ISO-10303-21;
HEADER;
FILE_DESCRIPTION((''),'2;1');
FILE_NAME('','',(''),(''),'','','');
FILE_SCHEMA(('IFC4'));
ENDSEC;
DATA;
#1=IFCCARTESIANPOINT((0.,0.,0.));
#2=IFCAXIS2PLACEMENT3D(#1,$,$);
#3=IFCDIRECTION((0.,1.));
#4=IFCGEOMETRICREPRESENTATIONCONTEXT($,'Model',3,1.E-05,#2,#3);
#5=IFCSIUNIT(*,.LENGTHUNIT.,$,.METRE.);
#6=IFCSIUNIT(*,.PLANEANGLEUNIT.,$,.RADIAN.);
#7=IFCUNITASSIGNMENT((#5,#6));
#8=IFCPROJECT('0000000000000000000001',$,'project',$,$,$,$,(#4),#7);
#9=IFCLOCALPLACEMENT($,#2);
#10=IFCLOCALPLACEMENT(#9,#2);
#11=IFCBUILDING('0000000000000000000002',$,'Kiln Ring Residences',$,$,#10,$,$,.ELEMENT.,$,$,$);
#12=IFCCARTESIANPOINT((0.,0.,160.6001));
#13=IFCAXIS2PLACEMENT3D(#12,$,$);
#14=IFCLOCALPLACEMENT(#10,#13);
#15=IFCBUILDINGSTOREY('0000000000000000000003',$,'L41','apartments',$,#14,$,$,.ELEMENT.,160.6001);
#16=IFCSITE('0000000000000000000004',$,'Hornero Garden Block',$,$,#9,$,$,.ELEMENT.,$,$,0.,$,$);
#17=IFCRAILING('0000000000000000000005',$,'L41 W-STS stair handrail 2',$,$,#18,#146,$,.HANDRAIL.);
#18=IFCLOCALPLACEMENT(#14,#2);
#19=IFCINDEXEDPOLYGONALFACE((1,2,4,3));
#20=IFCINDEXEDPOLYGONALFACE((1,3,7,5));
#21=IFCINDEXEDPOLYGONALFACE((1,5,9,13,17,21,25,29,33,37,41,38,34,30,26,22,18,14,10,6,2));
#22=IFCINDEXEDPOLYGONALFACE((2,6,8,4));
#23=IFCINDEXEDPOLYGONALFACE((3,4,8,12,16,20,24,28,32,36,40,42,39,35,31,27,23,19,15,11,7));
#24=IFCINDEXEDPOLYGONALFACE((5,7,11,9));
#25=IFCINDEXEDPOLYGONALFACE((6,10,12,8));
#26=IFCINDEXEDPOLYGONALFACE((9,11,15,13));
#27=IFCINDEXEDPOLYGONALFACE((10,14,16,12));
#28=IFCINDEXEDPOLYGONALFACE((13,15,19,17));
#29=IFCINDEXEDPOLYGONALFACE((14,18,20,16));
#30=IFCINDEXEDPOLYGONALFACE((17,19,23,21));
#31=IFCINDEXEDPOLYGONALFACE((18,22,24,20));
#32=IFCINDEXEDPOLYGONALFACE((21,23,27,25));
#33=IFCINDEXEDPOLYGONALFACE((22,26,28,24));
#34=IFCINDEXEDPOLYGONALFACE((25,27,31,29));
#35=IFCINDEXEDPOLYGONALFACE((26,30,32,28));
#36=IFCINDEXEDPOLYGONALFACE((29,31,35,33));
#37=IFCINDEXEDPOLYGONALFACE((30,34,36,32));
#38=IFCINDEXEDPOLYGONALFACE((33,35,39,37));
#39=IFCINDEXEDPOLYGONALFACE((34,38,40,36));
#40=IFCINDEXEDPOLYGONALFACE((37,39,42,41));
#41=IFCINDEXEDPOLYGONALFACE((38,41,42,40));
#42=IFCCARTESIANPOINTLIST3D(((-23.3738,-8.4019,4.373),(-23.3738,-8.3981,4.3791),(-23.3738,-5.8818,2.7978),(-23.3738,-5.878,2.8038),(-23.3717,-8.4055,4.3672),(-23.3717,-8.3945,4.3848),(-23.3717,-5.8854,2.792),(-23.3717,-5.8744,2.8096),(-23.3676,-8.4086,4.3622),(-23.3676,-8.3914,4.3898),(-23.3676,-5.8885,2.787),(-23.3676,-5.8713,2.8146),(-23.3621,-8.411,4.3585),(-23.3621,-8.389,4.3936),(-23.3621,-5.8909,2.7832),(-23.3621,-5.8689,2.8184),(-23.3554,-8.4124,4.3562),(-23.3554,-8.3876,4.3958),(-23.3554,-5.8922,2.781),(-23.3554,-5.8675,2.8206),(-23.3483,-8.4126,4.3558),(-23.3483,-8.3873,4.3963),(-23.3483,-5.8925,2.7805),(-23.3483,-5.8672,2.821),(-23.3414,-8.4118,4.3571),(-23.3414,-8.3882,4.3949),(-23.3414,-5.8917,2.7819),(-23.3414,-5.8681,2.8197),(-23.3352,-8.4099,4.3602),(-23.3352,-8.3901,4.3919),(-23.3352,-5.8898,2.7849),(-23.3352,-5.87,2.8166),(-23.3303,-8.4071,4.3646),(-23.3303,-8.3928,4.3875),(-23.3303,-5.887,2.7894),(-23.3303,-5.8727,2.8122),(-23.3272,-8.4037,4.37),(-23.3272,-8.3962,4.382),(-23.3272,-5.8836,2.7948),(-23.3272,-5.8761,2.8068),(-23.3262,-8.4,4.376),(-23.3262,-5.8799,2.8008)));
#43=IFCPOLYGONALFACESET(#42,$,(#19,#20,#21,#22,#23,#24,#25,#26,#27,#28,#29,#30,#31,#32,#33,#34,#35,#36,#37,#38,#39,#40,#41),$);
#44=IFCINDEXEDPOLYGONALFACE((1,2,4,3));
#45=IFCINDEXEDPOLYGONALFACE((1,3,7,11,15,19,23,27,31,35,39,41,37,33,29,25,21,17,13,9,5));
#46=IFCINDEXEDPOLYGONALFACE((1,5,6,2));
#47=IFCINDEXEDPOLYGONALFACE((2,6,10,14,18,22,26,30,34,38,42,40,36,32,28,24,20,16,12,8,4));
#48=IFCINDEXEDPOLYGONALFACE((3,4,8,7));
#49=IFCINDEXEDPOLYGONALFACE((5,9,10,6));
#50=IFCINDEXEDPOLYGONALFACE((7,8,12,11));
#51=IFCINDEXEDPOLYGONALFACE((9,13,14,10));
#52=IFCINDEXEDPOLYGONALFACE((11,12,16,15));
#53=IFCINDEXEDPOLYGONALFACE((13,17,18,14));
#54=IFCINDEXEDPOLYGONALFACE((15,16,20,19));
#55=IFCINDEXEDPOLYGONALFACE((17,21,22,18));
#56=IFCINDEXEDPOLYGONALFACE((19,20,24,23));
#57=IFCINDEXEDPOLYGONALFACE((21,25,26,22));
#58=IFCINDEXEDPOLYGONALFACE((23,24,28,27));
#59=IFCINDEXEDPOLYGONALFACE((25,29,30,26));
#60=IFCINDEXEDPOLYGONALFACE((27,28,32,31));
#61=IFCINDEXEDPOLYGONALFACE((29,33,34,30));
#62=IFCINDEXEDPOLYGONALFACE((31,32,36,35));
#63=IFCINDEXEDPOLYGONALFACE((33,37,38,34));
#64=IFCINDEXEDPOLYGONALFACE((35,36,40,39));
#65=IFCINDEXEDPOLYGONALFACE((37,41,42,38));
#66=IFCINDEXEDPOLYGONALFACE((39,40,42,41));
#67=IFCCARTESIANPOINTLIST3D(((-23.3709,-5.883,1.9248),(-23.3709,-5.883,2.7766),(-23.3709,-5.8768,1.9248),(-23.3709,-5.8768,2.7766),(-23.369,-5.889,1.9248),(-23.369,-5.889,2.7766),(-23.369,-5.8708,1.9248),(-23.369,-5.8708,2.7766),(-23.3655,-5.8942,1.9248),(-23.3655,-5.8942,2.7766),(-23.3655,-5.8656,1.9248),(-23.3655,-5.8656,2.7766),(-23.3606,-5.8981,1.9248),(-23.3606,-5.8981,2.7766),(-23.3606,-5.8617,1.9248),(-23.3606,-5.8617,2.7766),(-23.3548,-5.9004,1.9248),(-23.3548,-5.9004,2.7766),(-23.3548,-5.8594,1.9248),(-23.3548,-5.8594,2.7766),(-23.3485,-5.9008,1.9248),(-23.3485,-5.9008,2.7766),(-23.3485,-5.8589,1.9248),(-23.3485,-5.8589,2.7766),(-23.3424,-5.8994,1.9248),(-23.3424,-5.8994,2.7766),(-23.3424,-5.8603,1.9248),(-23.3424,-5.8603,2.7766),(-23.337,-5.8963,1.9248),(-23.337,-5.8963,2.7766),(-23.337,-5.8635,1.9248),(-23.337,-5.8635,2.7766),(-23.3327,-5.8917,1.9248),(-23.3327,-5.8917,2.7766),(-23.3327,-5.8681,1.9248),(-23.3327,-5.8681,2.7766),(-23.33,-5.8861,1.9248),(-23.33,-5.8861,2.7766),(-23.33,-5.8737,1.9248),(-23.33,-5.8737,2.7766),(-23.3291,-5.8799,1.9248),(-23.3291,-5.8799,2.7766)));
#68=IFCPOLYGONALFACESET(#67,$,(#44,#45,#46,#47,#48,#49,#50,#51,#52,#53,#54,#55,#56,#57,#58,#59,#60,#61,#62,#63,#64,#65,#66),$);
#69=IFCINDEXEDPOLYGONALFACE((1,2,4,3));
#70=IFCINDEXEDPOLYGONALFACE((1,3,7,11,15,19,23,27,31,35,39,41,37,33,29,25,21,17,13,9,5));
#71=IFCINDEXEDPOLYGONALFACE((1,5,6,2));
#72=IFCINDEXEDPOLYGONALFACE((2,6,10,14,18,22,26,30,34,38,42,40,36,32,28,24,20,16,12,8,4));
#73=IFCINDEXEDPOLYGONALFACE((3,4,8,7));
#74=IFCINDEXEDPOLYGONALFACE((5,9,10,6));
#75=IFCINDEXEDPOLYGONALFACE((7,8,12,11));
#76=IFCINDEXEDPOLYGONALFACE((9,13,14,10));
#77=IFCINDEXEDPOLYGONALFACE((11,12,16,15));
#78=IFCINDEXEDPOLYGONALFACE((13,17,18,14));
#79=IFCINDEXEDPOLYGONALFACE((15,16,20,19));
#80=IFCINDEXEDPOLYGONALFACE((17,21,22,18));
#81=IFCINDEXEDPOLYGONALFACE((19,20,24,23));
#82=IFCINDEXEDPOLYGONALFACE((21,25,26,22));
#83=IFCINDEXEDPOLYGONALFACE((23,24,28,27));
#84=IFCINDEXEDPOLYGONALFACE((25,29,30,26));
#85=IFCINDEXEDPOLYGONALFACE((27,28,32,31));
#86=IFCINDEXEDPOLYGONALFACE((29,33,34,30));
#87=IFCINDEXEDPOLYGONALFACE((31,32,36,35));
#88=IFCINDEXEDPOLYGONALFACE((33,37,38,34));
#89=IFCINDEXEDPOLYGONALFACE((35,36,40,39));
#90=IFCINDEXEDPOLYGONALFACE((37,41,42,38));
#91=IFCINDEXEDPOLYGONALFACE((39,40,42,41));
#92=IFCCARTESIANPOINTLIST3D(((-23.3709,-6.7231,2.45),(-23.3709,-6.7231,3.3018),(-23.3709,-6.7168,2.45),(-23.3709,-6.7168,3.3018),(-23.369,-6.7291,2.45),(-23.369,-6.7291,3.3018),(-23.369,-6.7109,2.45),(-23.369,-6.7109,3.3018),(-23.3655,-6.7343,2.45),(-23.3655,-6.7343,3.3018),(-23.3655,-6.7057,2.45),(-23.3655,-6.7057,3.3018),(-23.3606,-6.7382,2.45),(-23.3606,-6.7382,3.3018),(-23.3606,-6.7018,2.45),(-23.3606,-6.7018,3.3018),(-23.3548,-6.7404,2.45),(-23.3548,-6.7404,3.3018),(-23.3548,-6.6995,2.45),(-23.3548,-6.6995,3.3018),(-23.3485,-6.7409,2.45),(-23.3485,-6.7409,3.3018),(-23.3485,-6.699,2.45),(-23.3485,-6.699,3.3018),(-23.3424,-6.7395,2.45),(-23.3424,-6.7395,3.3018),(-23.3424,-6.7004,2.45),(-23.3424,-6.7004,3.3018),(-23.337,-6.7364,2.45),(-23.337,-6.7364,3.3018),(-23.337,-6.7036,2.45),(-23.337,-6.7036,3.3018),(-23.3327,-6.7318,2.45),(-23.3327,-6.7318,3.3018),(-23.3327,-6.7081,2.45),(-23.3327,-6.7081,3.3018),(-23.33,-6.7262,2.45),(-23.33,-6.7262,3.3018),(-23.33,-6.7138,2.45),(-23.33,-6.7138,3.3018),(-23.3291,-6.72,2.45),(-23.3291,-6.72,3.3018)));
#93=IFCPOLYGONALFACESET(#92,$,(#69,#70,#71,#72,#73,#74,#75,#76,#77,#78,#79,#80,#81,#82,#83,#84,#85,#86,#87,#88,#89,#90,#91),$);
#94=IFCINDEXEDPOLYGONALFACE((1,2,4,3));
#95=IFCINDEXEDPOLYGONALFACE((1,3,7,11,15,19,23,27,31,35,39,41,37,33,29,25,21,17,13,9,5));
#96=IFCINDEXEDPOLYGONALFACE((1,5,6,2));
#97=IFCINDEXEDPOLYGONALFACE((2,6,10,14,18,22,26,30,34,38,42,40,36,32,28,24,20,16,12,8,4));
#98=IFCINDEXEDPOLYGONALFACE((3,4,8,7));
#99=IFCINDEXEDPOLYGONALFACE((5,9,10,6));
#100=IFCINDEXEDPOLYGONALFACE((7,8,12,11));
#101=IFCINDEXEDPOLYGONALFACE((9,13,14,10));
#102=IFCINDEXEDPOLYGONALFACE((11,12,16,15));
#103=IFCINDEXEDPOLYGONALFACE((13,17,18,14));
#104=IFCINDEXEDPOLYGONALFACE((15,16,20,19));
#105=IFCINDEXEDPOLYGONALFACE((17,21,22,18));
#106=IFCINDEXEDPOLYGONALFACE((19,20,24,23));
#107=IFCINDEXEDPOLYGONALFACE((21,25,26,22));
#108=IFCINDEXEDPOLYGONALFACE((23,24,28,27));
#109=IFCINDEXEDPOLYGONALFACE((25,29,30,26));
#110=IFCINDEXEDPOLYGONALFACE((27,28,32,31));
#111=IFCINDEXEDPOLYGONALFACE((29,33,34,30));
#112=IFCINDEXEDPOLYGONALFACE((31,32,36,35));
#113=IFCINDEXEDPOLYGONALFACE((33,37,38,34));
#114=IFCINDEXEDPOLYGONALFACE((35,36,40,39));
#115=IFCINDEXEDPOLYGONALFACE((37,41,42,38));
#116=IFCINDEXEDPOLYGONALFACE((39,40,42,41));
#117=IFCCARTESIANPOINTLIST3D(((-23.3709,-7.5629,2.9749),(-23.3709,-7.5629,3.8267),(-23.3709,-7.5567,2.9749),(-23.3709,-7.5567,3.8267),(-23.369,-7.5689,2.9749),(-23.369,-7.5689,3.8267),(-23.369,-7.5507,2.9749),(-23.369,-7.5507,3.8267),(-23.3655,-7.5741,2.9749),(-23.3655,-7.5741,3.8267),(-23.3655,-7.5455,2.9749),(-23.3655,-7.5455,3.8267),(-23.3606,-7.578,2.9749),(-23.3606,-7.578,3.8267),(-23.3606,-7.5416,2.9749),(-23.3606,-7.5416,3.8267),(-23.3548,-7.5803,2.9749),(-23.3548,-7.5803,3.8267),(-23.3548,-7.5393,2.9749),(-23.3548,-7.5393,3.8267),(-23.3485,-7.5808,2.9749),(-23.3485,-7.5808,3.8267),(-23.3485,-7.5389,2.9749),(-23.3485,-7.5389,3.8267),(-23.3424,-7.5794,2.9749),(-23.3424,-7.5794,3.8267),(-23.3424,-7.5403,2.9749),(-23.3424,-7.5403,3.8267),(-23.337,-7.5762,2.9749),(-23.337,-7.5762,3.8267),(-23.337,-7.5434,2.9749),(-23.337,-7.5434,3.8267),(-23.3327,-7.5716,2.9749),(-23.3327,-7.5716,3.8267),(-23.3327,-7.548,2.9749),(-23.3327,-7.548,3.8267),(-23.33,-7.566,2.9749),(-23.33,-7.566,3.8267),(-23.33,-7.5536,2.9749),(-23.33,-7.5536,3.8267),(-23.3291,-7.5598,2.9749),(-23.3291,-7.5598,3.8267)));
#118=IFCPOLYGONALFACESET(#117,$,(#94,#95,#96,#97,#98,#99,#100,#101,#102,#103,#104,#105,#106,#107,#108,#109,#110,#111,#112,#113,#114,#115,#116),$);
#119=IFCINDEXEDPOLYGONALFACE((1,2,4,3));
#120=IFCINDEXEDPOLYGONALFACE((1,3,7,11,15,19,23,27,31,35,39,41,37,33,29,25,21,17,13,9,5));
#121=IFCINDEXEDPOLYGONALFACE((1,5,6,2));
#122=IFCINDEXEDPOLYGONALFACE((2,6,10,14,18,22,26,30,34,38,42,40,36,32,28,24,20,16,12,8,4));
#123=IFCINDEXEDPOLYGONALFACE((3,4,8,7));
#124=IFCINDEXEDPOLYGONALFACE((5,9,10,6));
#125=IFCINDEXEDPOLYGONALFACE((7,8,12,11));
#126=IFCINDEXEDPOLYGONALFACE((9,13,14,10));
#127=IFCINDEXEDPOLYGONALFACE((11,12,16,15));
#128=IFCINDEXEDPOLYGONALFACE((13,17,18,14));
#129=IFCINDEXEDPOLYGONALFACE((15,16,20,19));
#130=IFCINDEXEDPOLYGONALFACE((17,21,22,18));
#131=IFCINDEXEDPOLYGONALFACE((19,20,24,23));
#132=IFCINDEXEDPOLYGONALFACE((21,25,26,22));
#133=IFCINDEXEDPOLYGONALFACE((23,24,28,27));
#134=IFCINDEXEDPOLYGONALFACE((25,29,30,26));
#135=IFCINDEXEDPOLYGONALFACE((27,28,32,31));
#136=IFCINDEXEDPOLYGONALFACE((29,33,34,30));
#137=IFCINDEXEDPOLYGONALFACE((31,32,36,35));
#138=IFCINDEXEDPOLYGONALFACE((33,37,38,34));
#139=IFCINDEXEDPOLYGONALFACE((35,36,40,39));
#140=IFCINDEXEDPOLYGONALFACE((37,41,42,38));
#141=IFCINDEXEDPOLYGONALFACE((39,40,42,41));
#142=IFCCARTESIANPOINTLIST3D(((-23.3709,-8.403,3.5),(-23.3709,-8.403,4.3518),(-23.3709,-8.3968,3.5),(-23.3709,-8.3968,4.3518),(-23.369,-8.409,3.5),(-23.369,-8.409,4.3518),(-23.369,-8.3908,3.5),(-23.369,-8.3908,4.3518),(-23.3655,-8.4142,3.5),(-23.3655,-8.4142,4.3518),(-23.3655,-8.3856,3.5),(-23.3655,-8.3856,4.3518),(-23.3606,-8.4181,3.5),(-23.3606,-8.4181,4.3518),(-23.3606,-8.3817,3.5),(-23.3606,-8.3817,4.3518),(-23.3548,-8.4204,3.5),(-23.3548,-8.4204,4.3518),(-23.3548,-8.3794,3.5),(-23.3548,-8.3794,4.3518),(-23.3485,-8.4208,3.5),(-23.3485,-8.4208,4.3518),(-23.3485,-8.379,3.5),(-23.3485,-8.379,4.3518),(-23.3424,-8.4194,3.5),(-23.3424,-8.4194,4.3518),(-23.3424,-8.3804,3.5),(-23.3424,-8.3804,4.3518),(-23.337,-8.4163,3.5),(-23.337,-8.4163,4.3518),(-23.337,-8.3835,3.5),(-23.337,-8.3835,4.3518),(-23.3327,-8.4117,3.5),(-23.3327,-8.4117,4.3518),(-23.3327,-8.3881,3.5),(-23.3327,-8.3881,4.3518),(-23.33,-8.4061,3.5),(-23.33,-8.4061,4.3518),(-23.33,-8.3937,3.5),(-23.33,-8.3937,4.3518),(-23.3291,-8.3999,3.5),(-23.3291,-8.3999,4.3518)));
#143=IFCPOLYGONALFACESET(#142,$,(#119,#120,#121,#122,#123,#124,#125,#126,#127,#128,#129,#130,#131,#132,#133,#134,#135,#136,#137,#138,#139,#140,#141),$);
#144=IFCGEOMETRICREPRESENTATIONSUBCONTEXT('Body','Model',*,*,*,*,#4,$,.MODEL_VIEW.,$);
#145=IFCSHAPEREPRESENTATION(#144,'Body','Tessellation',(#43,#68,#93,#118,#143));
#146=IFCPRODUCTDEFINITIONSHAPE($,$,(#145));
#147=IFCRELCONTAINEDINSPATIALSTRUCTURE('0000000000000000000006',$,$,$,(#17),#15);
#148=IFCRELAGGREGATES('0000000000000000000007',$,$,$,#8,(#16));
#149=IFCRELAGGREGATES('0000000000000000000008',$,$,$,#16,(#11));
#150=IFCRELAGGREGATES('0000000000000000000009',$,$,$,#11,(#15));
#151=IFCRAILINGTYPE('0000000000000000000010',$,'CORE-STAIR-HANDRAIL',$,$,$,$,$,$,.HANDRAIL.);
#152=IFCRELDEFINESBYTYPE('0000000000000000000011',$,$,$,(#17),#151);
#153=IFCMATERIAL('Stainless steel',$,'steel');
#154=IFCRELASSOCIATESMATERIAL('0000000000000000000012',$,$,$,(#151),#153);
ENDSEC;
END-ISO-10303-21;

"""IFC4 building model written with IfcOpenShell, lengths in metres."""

from ifc_helpers import new_model, si_unit, direction, frame, origin, origin_2d, place, context, subcontext, project, spatial, circle, extrude, material, type_object, element, save


model = new_model("IFC4")

# Units and contexts
model_context = context("Model", 3, precision=1e-05, world=origin(), true_north=direction((0.0, 1.0)))
body_context = subcontext(model_context, "Body", "Model", "MODEL_VIEW")
ifc_project = project(units=[si_unit("LENGTHUNIT", "METRE"), si_unit("PLANEANGLEUNIT", "RADIAN")], contexts=[model_context])

# Site, building, storey
site_placement = place(None, origin())
site = spatial("IfcSite", under=ifc_project, at=site_placement, Name="Hornero Garden Block", CompositionType="ELEMENT", RefElevation=0.0)
building_placement = place(site_placement, origin())
building = spatial("IfcBuilding", under=site, at=building_placement, Name="Kiln Ring Residences", CompositionType="ELEMENT")
storey_placement = place(building_placement, frame((0.0, 0.0, 160.6001)))
storey = spatial("IfcBuildingStorey", under=building, at=storey_placement, Name="L41", Description="apartments", CompositionType="ELEMENT", Elevation=160.6001)

# Railing
ifc_material_1 = material(Name="Stainless steel", Category="steel")
railing_type_1 = type_object("IfcRailingType", Name="CORE-STAIR-HANDRAIL", PredefinedType="HANDRAIL", material=ifc_material_1)
railing_1_placement = place(storey_placement, frame((-23.3501, -5.8799, 1.9248)))
element("IfcRailing", 1, at=railing_1_placement, inside=storey, type_object=railing_type_1, Name="L41 W-STS stair handrail 2", PredefinedType="HANDRAIL", context=body_context, shape_type="SweptSolid", body=[
    extrude(circle(Radius=0.0239, at=origin_2d()), frame((0.0, 0.0, 0.876), z_axis=(0.0, -0.847971, 0.530043), x_axis=(1.0, 0.0, 0.0)), (0.0, 0.0, 1.0), 2.9719),
    extrude(circle(Radius=0.021, at=origin_2d()), origin(), (0.0, 0.0, 1.0), 0.8518),
    extrude(circle(Radius=0.021, at=origin_2d()), frame((0.0, -0.8401, 0.5251)), (0.0, 0.0, 1.0), 0.8518),
    extrude(circle(Radius=0.021, at=origin_2d()), frame((0.0, -1.6799, 1.05)), (0.0, 0.0, 1.0), 0.8518),
    extrude(circle(Radius=0.021, at=origin_2d()), frame((0.0, -2.52, 1.5752)), (0.0, 0.0, 1.0), 0.8518),
])

save(model, "model.ifc")
